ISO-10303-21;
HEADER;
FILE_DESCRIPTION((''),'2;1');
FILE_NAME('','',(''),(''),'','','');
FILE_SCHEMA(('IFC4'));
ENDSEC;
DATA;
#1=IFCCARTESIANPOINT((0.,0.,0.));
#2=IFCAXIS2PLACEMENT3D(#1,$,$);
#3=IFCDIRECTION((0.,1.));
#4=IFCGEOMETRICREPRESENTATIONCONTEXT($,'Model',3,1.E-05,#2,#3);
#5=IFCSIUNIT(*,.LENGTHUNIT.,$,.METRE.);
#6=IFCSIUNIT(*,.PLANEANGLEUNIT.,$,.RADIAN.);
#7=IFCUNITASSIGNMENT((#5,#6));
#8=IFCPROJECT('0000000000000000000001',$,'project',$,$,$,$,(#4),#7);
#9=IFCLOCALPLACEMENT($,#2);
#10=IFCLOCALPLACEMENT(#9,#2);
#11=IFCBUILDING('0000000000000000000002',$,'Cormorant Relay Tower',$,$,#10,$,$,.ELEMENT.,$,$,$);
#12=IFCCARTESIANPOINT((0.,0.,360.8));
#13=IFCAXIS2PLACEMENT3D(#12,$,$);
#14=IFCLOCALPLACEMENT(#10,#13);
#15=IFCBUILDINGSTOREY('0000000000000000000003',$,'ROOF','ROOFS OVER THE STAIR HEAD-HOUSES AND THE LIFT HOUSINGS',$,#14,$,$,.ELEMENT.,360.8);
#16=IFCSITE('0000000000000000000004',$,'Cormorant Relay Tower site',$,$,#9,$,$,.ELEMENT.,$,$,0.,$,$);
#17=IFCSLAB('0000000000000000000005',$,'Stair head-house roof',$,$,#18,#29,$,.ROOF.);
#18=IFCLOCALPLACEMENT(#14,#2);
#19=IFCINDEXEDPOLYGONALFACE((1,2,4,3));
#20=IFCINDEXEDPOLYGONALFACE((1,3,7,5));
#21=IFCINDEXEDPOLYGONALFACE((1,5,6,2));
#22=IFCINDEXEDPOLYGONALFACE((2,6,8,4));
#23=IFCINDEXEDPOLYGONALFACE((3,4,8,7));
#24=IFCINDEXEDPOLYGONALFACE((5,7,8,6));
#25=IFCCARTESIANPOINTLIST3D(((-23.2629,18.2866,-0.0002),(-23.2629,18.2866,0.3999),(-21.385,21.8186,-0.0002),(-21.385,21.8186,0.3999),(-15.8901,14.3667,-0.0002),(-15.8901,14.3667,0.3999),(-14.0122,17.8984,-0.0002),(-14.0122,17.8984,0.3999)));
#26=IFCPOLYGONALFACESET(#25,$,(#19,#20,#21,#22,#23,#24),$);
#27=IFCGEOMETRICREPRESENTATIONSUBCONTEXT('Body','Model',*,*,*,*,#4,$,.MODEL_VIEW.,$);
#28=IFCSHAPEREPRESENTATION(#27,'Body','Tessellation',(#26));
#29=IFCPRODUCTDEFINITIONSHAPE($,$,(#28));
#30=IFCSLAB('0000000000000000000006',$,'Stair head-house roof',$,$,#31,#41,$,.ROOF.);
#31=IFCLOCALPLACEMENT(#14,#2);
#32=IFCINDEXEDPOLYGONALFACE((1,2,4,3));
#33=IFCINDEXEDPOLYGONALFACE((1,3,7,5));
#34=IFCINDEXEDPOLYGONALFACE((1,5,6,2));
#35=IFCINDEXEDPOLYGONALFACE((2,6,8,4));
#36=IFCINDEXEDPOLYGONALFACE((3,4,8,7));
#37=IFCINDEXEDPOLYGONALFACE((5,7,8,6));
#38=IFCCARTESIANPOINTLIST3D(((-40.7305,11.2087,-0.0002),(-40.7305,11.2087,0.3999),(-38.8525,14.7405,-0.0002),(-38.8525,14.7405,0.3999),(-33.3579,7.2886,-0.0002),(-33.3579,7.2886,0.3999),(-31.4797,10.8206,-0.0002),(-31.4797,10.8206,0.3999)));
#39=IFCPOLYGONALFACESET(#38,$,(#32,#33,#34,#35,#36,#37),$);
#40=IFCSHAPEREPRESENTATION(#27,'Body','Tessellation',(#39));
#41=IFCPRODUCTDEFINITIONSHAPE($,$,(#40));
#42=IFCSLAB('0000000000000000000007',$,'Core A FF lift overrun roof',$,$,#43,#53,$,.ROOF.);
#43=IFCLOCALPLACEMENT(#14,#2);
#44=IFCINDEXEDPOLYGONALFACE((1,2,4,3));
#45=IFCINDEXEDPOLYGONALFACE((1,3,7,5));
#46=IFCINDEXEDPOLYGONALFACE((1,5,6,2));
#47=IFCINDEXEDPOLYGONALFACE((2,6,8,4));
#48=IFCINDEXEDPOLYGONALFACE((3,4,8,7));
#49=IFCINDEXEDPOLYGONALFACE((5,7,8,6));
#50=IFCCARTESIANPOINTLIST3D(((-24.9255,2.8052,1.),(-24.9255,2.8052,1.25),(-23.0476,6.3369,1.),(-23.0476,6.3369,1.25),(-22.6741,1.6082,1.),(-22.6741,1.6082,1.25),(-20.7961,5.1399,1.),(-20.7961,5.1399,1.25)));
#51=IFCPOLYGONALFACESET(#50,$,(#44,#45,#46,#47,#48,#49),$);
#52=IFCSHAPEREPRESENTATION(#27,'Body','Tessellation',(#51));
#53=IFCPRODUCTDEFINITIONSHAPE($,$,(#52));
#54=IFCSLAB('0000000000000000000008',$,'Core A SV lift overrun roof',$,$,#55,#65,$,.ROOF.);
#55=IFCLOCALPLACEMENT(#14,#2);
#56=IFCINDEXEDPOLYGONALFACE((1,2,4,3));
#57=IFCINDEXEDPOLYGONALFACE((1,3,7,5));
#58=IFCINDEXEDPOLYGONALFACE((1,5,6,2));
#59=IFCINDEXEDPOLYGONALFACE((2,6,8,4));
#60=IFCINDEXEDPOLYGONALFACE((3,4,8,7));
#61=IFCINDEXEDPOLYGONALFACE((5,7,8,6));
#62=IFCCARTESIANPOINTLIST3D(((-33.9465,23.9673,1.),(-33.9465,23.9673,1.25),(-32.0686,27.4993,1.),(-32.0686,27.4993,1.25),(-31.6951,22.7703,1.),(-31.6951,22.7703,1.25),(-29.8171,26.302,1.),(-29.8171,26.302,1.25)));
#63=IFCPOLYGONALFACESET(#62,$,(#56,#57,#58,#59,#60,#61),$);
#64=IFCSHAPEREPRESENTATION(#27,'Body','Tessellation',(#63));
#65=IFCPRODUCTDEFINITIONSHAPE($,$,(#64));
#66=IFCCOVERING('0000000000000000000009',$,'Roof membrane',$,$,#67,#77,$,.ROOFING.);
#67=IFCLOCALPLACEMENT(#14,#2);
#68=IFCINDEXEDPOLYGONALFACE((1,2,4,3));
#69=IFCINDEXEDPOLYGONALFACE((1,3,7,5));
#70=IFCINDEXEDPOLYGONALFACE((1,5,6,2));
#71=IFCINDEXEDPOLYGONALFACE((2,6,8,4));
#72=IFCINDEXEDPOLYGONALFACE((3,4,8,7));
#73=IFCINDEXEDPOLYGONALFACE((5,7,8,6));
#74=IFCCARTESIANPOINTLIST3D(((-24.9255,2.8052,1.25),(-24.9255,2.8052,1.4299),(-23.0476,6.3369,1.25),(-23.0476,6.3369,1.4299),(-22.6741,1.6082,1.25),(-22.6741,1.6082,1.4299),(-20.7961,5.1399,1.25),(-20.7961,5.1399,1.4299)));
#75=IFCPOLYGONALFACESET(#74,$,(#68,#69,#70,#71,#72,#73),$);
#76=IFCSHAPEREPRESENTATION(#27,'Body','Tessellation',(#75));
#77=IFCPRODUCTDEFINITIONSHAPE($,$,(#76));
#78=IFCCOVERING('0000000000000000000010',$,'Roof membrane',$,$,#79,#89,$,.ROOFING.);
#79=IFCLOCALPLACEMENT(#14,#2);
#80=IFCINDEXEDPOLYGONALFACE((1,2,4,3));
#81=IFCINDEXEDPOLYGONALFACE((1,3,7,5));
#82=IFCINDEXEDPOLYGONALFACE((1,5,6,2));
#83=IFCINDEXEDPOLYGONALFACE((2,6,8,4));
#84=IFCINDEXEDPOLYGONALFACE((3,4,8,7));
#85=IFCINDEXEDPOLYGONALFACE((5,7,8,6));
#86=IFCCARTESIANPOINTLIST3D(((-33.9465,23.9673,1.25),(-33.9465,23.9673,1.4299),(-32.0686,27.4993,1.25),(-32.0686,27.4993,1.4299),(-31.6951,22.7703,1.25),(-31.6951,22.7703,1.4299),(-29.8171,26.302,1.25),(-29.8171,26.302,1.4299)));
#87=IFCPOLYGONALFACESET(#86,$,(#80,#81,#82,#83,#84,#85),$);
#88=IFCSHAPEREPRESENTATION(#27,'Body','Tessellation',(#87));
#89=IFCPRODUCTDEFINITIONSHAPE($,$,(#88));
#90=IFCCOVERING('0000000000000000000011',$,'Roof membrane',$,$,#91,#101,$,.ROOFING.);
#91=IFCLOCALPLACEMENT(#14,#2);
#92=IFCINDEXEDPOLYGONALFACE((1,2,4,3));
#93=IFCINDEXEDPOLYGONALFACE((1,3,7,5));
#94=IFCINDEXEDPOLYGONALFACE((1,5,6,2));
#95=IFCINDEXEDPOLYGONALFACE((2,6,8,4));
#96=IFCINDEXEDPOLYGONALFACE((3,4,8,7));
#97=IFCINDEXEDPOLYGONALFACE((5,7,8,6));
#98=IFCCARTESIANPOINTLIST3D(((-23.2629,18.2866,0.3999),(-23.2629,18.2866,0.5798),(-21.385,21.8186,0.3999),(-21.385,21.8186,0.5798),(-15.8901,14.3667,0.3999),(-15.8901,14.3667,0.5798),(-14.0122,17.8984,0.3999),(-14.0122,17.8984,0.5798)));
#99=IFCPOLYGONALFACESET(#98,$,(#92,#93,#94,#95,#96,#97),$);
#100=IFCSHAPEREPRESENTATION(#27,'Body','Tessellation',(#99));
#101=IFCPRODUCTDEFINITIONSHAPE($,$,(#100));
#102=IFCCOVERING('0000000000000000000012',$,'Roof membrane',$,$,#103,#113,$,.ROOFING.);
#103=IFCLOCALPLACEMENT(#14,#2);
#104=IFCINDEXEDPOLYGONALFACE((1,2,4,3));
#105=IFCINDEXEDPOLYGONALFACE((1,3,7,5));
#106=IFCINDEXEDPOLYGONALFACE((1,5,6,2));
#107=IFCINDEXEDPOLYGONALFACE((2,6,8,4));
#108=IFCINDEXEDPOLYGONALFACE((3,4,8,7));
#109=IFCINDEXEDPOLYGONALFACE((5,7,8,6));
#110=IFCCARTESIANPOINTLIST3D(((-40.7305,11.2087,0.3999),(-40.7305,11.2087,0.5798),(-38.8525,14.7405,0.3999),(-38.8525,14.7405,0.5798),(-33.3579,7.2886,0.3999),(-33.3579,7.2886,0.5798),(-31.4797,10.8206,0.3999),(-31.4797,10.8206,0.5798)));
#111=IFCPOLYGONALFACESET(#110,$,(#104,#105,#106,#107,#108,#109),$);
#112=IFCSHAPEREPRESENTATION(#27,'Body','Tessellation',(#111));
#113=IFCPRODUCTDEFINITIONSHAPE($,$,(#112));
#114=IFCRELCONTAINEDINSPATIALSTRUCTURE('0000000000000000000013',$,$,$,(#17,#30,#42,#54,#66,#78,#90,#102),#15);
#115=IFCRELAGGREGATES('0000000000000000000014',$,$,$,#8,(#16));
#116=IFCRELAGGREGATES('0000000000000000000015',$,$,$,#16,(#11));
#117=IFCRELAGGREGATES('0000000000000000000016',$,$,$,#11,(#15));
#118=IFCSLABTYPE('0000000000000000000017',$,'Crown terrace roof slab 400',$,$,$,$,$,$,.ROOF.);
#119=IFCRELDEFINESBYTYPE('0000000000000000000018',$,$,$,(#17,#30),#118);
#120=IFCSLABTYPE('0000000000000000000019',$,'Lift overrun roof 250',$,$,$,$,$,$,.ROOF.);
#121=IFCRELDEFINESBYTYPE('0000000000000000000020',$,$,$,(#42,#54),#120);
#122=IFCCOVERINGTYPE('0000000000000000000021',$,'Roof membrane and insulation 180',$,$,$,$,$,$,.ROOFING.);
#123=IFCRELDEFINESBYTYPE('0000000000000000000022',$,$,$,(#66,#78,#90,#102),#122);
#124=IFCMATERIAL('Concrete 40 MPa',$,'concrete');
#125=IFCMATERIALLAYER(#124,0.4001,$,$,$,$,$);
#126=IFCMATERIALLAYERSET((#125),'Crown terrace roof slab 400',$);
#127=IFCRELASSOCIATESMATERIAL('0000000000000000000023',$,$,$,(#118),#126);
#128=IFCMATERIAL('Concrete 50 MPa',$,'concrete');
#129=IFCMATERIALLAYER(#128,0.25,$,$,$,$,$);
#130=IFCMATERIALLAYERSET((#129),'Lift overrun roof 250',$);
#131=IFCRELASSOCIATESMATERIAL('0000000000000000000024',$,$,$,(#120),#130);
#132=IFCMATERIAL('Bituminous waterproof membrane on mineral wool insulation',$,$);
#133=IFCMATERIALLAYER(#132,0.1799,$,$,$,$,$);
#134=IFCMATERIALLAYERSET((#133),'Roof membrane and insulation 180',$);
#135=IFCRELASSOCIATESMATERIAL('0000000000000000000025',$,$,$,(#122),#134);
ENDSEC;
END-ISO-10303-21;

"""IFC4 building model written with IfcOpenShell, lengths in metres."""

from ifc_helpers import new_model, si_unit, direction, frame, origin, place, context, subcontext, project, spatial, polyline, outline, extrude, material, layer, layer_set, type_object, element, save


model = new_model("IFC4")

# Units and contexts
model_context = context("Model", 3, precision=1e-05, world=origin(), true_north=direction((0.0, 1.0)))
body_context = subcontext(model_context, "Body", "Model", "MODEL_VIEW")
ifc_project = project(units=[si_unit("LENGTHUNIT", "METRE"), si_unit("PLANEANGLEUNIT", "RADIAN")], contexts=[model_context])

# Site, building, storey
site_placement = place(None, origin())
site = spatial("IfcSite", under=ifc_project, at=site_placement, Name="Cormorant Relay Tower site", CompositionType="ELEMENT", RefElevation=0.0)
building_placement = place(site_placement, origin())
building = spatial("IfcBuilding", under=site, at=building_placement, Name="Cormorant Relay Tower", CompositionType="ELEMENT")
storey_placement = place(building_placement, frame((0.0, 0.0, 360.8)))
storey = spatial("IfcBuildingStorey", under=building, at=storey_placement, Name="ROOF", Description="ROOFS OVER THE STAIR HEAD-HOUSES AND THE LIFT HOUSINGS", CompositionType="ELEMENT", Elevation=360.8)

# Slabs
ifc_material_1 = material(Name="Concrete 40 MPa", Category="concrete")
ifc_layer_1 = layer(ifc_material_1, 0.4001)
ifc_layer_set_1 = layer_set([ifc_layer_1], Name="Crown terrace roof slab 400")
slab_type_1 = type_object("IfcSlabType", Name="Crown terrace roof slab 400", PredefinedType="ROOF", material=ifc_layer_set_1)
slab_1_placement = place(storey_placement, frame((0.0, 0.0, -0.0002)))
element("IfcSlab", 1, at=slab_1_placement, inside=storey, type_object=slab_type_1, Name="Stair head-house roof", PredefinedType="ROOF", context=body_context, shape_type="SweptSolid", body=[
    extrude(outline(polyline([(-15.8901, 14.3667), (-14.0122, 17.8984), (-21.385, 21.8186), (-23.2629, 18.2866), (-15.8901, 14.3667)])), origin(), (0.0, 0.0, 1.0), 0.4001),
])
slab_2_placement = place(storey_placement, frame((0.0, 0.0, -0.0002)))
element("IfcSlab", 2, at=slab_2_placement, inside=storey, type_object=slab_type_1, Name="Stair head-house roof", PredefinedType="ROOF", context=body_context, shape_type="SweptSolid", body=[
    extrude(outline(polyline([(-33.3579, 7.2886), (-31.4797, 10.8206), (-38.8525, 14.7405), (-40.7305, 11.2087), (-33.3579, 7.2886)])), origin(), (0.0, 0.0, 1.0), 0.4001),
])
ifc_material_2 = material(Name="Concrete 50 MPa", Category="concrete")
ifc_layer_2 = layer(ifc_material_2, 0.25)
ifc_layer_set_2 = layer_set([ifc_layer_2], Name="Lift overrun roof 250")
slab_type_2 = type_object("IfcSlabType", Name="Lift overrun roof 250", PredefinedType="ROOF", material=ifc_layer_set_2)
slab_3_placement = place(storey_placement, frame((0.0, 0.0, 1.0)))
element("IfcSlab", 3, at=slab_3_placement, inside=storey, type_object=slab_type_2, Name="Core A FF lift overrun roof", PredefinedType="ROOF", context=body_context, shape_type="SweptSolid", body=[
    extrude(outline(polyline([(-23.0476, 6.3369), (-20.7961, 5.1399), (-22.6741, 1.6082), (-24.9255, 2.8052), (-23.0476, 6.3369)])), origin(), (0.0, 0.0, 1.0), 0.25),
])
slab_4_placement = place(storey_placement, frame((0.0, 0.0, 1.0)))
element("IfcSlab", 4, at=slab_4_placement, inside=storey, type_object=slab_type_2, Name="Core A SV lift overrun roof", PredefinedType="ROOF", context=body_context, shape_type="SweptSolid", body=[
    extrude(outline(polyline([(-32.0686, 27.4993), (-29.8171, 26.302), (-31.6951, 22.7703), (-33.9465, 23.9673), (-32.0686, 27.4993)])), origin(), (0.0, 0.0, 1.0), 0.25),
])

# Coverings
ifc_material_3 = material(Name="Bituminous waterproof membrane on mineral wool insulation")
ifc_layer_3 = layer(ifc_material_3, 0.1799)
ifc_layer_set_3 = layer_set([ifc_layer_3], Name="Roof membrane and insulation 180")
covering_type = type_object("IfcCoveringType", Name="Roof membrane and insulation 180", PredefinedType="ROOFING", material=ifc_layer_set_3)
covering_1_placement = place(storey_placement, frame((0.0, 0.0, 1.25)))
element("IfcCovering", 5, at=covering_1_placement, inside=storey, type_object=covering_type, Name="Roof membrane", PredefinedType="ROOFING", context=body_context, shape_type="SweptSolid", body=[
    extrude(outline(polyline([(-23.0476, 6.3369), (-20.7961, 5.1399), (-22.6741, 1.6082), (-24.9255, 2.8052), (-23.0476, 6.3369)])), origin(), (0.0, 0.0, 1.0), 0.1799),
])
covering_2_placement = place(storey_placement, frame((0.0, 0.0, 1.25)))
element("IfcCovering", 6, at=covering_2_placement, inside=storey, type_object=covering_type, Name="Roof membrane", PredefinedType="ROOFING", context=body_context, shape_type="SweptSolid", body=[
    extrude(outline(polyline([(-32.0686, 27.4993), (-29.8171, 26.302), (-31.6951, 22.7703), (-33.9465, 23.9673), (-32.0686, 27.4993)])), origin(), (0.0, 0.0, 1.0), 0.1799),
])
covering_3_placement = place(storey_placement, frame((0.0, 0.0, 0.3999)))
element("IfcCovering", 7, at=covering_3_placement, inside=storey, type_object=covering_type, Name="Roof membrane", PredefinedType="ROOFING", context=body_context, shape_type="SweptSolid", body=[
    extrude(outline(polyline([(-15.8901, 14.3667), (-14.0122, 17.8984), (-21.385, 21.8186), (-23.2629, 18.2866), (-15.8901, 14.3667)])), origin(), (0.0, 0.0, 1.0), 0.1799),
])
covering_4_placement = place(storey_placement, frame((0.0, 0.0, 0.3999)))
element("IfcCovering", 8, at=covering_4_placement, inside=storey, type_object=covering_type, Name="Roof membrane", PredefinedType="ROOFING", context=body_context, shape_type="SweptSolid", body=[
    extrude(outline(polyline([(-33.3579, 7.2886), (-31.4797, 10.8206), (-38.8525, 14.7405), (-40.7305, 11.2087), (-33.3579, 7.2886)])), origin(), (0.0, 0.0, 1.0), 0.1799),
])

save(model, "model.ifc")
